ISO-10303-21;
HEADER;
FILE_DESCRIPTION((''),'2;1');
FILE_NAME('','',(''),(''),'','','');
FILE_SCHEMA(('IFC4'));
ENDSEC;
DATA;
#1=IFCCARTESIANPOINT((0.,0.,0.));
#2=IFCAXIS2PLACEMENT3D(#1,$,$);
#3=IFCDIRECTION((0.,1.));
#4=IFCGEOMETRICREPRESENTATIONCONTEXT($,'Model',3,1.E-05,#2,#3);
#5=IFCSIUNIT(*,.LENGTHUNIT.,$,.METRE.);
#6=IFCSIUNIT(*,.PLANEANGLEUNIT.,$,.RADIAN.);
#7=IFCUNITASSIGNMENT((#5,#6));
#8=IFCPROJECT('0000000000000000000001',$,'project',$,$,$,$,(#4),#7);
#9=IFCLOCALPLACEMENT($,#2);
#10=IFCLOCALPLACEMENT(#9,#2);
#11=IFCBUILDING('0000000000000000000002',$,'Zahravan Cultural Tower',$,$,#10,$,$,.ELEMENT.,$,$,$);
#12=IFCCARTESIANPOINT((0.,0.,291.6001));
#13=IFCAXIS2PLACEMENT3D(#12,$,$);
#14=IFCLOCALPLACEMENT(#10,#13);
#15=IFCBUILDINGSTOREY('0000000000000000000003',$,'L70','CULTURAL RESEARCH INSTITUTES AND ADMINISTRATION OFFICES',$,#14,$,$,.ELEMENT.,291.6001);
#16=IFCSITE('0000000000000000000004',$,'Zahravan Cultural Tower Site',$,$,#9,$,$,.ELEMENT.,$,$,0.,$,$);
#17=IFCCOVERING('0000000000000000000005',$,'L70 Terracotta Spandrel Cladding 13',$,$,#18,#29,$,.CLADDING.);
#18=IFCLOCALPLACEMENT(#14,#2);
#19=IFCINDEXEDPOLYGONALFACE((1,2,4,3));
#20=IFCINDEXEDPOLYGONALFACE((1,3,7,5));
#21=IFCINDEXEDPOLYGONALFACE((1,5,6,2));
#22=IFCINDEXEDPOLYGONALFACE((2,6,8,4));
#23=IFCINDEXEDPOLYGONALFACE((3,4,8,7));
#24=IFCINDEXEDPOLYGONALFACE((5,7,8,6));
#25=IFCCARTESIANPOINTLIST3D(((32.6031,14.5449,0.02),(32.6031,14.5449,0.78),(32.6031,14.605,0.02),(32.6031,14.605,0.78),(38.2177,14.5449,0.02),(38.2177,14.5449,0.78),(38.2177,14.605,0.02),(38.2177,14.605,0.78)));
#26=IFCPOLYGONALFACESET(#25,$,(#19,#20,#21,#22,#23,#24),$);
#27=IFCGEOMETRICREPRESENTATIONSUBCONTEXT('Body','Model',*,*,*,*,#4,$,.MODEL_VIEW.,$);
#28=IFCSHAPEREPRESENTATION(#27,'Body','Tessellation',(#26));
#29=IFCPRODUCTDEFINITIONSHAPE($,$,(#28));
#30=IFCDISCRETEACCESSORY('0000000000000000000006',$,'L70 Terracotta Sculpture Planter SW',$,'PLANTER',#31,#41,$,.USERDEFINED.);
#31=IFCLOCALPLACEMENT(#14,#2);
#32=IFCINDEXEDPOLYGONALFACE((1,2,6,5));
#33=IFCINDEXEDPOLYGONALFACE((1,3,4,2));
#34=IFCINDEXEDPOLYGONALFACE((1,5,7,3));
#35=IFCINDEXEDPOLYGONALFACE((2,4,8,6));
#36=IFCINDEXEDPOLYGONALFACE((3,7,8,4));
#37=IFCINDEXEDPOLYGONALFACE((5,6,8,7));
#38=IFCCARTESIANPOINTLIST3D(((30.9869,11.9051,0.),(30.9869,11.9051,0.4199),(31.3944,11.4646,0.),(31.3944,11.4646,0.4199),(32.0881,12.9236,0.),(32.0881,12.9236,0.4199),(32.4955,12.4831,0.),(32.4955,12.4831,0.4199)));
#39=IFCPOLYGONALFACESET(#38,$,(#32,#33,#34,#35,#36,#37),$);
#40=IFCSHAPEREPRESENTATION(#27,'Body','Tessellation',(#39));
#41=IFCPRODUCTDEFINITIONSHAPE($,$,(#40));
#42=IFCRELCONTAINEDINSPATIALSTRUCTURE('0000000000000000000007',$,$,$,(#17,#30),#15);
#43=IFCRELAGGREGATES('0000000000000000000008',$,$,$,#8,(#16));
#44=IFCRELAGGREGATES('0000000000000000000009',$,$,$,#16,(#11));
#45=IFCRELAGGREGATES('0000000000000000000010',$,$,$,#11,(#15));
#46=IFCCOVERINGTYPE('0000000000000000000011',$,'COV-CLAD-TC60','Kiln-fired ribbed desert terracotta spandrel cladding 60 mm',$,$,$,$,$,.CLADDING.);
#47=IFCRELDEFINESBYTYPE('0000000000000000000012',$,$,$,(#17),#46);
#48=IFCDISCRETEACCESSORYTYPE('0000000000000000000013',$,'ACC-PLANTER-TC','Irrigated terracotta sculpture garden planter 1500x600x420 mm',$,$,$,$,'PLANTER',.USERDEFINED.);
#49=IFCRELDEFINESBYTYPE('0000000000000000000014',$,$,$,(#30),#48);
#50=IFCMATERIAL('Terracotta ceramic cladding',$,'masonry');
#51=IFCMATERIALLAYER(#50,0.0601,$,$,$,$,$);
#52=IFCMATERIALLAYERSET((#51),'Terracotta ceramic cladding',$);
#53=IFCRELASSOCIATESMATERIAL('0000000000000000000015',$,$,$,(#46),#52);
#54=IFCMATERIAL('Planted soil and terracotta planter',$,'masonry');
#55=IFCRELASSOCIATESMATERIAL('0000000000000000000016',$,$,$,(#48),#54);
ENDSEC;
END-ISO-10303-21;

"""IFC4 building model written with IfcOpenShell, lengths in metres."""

from ifc_helpers import new_model, si_unit, direction, frame, origin, origin_2d, place, context, subcontext, project, spatial, rectangle, extrude, source, transform, mapped, material, layer, layer_set, type_object, element, save


model = new_model("IFC4")

# Units and contexts
model_context = context("Model", 3, precision=1e-05, world=origin(), true_north=direction((0.0, 1.0)))
body_context = subcontext(model_context, "Body", "Model", "MODEL_VIEW")
ifc_project = project(units=[si_unit("LENGTHUNIT", "METRE"), si_unit("PLANEANGLEUNIT", "RADIAN")], contexts=[model_context])

# Site, building, storey
site_placement = place(None, origin())
site = spatial("IfcSite", under=ifc_project, at=site_placement, Name="Zahravan Cultural Tower Site", CompositionType="ELEMENT", RefElevation=0.0)
building_placement = place(site_placement, origin())
building = spatial("IfcBuilding", under=site, at=building_placement, Name="Zahravan Cultural Tower", CompositionType="ELEMENT")
storey_placement = place(building_placement, frame((0.0, 0.0, 291.6001)))
storey = spatial("IfcBuildingStorey", under=building, at=storey_placement, Name="L70", Description="CULTURAL RESEARCH INSTITUTES AND ADMINISTRATION OFFICES", CompositionType="ELEMENT", Elevation=291.6001)

# Covering
ifc_material_1 = material(Name="Terracotta ceramic cladding", Category="masonry")
ifc_layer_1 = layer(ifc_material_1, 0.0601)
ifc_layer_set_1 = layer_set([ifc_layer_1], Name="Terracotta ceramic cladding")
covering_type = type_object("IfcCoveringType", Name="COV-CLAD-TC60", Description="Kiln-fired ribbed desert terracotta spandrel cladding 60 mm", PredefinedType="CLADDING", material=ifc_layer_set_1)
shared_shape_1 = source(origin(), body_context, "Body", "SweptSolid", [
    extrude(rectangle(XDim=5.6145, YDim=0.0601, at=origin_2d()), origin(), (0.0, 0.0, 1.0), 0.76),
])
covering_1_placement = place(storey_placement, frame((35.4104, 14.575, 0.02), z_axis=(0.0, 0.0, 1.0), x_axis=(-1.0, 0.0, 0.0)))
element("IfcCovering", 1, at=covering_1_placement, inside=storey, type_object=covering_type, Name="L70 Terracotta Spandrel Cladding 13", PredefinedType="CLADDING", context=body_context, shape_type="MappedRepresentation", body=[
    mapped(shared_shape_1, transform((0.0, 0.0, 0.0), x_axis=(1.0, 0.0, 0.0), y_axis=(0.0, 1.0, 0.0), z_axis=(0.0, 0.0, 1.0), scale=1.0)),
])

# Discrete accessory
ifc_material_2 = material(Name="Planted soil and terracotta planter", Category="masonry")
discrete_accessory_type = type_object("IfcDiscreteAccessoryType", Name="ACC-PLANTER-TC", Description="Irrigated terracotta sculpture garden planter 1500x600x420 mm", ElementType="PLANTER", PredefinedType="USERDEFINED", material=ifc_material_2)
shared_shape_2 = source(origin(), body_context, "Body", "SweptSolid", [
    extrude(rectangle(XDim=1.5, YDim=0.6001, at=origin_2d()), origin(), (0.0, 0.0, 1.0), 0.4199),
])
discrete_accessory_placement = place(storey_placement, frame((31.7412, 12.1941, 0.0), z_axis=(0.0, 0.0, 1.0), x_axis=(0.734125, 0.679015, 0.0)))
element("IfcDiscreteAccessory", 2, at=discrete_accessory_placement, inside=storey, type_object=discrete_accessory_type, Name="L70 Terracotta Sculpture Planter SW", ObjectType="PLANTER", PredefinedType="USERDEFINED", context=body_context, shape_type="MappedRepresentation", body=[
    mapped(shared_shape_2, transform((0.0, 0.0, 0.0), x_axis=(1.0, 0.0, 0.0), y_axis=(0.0, 1.0, 0.0), z_axis=(0.0, 0.0, 1.0), scale=1.0)),
])

save(model, "model.ifc")
